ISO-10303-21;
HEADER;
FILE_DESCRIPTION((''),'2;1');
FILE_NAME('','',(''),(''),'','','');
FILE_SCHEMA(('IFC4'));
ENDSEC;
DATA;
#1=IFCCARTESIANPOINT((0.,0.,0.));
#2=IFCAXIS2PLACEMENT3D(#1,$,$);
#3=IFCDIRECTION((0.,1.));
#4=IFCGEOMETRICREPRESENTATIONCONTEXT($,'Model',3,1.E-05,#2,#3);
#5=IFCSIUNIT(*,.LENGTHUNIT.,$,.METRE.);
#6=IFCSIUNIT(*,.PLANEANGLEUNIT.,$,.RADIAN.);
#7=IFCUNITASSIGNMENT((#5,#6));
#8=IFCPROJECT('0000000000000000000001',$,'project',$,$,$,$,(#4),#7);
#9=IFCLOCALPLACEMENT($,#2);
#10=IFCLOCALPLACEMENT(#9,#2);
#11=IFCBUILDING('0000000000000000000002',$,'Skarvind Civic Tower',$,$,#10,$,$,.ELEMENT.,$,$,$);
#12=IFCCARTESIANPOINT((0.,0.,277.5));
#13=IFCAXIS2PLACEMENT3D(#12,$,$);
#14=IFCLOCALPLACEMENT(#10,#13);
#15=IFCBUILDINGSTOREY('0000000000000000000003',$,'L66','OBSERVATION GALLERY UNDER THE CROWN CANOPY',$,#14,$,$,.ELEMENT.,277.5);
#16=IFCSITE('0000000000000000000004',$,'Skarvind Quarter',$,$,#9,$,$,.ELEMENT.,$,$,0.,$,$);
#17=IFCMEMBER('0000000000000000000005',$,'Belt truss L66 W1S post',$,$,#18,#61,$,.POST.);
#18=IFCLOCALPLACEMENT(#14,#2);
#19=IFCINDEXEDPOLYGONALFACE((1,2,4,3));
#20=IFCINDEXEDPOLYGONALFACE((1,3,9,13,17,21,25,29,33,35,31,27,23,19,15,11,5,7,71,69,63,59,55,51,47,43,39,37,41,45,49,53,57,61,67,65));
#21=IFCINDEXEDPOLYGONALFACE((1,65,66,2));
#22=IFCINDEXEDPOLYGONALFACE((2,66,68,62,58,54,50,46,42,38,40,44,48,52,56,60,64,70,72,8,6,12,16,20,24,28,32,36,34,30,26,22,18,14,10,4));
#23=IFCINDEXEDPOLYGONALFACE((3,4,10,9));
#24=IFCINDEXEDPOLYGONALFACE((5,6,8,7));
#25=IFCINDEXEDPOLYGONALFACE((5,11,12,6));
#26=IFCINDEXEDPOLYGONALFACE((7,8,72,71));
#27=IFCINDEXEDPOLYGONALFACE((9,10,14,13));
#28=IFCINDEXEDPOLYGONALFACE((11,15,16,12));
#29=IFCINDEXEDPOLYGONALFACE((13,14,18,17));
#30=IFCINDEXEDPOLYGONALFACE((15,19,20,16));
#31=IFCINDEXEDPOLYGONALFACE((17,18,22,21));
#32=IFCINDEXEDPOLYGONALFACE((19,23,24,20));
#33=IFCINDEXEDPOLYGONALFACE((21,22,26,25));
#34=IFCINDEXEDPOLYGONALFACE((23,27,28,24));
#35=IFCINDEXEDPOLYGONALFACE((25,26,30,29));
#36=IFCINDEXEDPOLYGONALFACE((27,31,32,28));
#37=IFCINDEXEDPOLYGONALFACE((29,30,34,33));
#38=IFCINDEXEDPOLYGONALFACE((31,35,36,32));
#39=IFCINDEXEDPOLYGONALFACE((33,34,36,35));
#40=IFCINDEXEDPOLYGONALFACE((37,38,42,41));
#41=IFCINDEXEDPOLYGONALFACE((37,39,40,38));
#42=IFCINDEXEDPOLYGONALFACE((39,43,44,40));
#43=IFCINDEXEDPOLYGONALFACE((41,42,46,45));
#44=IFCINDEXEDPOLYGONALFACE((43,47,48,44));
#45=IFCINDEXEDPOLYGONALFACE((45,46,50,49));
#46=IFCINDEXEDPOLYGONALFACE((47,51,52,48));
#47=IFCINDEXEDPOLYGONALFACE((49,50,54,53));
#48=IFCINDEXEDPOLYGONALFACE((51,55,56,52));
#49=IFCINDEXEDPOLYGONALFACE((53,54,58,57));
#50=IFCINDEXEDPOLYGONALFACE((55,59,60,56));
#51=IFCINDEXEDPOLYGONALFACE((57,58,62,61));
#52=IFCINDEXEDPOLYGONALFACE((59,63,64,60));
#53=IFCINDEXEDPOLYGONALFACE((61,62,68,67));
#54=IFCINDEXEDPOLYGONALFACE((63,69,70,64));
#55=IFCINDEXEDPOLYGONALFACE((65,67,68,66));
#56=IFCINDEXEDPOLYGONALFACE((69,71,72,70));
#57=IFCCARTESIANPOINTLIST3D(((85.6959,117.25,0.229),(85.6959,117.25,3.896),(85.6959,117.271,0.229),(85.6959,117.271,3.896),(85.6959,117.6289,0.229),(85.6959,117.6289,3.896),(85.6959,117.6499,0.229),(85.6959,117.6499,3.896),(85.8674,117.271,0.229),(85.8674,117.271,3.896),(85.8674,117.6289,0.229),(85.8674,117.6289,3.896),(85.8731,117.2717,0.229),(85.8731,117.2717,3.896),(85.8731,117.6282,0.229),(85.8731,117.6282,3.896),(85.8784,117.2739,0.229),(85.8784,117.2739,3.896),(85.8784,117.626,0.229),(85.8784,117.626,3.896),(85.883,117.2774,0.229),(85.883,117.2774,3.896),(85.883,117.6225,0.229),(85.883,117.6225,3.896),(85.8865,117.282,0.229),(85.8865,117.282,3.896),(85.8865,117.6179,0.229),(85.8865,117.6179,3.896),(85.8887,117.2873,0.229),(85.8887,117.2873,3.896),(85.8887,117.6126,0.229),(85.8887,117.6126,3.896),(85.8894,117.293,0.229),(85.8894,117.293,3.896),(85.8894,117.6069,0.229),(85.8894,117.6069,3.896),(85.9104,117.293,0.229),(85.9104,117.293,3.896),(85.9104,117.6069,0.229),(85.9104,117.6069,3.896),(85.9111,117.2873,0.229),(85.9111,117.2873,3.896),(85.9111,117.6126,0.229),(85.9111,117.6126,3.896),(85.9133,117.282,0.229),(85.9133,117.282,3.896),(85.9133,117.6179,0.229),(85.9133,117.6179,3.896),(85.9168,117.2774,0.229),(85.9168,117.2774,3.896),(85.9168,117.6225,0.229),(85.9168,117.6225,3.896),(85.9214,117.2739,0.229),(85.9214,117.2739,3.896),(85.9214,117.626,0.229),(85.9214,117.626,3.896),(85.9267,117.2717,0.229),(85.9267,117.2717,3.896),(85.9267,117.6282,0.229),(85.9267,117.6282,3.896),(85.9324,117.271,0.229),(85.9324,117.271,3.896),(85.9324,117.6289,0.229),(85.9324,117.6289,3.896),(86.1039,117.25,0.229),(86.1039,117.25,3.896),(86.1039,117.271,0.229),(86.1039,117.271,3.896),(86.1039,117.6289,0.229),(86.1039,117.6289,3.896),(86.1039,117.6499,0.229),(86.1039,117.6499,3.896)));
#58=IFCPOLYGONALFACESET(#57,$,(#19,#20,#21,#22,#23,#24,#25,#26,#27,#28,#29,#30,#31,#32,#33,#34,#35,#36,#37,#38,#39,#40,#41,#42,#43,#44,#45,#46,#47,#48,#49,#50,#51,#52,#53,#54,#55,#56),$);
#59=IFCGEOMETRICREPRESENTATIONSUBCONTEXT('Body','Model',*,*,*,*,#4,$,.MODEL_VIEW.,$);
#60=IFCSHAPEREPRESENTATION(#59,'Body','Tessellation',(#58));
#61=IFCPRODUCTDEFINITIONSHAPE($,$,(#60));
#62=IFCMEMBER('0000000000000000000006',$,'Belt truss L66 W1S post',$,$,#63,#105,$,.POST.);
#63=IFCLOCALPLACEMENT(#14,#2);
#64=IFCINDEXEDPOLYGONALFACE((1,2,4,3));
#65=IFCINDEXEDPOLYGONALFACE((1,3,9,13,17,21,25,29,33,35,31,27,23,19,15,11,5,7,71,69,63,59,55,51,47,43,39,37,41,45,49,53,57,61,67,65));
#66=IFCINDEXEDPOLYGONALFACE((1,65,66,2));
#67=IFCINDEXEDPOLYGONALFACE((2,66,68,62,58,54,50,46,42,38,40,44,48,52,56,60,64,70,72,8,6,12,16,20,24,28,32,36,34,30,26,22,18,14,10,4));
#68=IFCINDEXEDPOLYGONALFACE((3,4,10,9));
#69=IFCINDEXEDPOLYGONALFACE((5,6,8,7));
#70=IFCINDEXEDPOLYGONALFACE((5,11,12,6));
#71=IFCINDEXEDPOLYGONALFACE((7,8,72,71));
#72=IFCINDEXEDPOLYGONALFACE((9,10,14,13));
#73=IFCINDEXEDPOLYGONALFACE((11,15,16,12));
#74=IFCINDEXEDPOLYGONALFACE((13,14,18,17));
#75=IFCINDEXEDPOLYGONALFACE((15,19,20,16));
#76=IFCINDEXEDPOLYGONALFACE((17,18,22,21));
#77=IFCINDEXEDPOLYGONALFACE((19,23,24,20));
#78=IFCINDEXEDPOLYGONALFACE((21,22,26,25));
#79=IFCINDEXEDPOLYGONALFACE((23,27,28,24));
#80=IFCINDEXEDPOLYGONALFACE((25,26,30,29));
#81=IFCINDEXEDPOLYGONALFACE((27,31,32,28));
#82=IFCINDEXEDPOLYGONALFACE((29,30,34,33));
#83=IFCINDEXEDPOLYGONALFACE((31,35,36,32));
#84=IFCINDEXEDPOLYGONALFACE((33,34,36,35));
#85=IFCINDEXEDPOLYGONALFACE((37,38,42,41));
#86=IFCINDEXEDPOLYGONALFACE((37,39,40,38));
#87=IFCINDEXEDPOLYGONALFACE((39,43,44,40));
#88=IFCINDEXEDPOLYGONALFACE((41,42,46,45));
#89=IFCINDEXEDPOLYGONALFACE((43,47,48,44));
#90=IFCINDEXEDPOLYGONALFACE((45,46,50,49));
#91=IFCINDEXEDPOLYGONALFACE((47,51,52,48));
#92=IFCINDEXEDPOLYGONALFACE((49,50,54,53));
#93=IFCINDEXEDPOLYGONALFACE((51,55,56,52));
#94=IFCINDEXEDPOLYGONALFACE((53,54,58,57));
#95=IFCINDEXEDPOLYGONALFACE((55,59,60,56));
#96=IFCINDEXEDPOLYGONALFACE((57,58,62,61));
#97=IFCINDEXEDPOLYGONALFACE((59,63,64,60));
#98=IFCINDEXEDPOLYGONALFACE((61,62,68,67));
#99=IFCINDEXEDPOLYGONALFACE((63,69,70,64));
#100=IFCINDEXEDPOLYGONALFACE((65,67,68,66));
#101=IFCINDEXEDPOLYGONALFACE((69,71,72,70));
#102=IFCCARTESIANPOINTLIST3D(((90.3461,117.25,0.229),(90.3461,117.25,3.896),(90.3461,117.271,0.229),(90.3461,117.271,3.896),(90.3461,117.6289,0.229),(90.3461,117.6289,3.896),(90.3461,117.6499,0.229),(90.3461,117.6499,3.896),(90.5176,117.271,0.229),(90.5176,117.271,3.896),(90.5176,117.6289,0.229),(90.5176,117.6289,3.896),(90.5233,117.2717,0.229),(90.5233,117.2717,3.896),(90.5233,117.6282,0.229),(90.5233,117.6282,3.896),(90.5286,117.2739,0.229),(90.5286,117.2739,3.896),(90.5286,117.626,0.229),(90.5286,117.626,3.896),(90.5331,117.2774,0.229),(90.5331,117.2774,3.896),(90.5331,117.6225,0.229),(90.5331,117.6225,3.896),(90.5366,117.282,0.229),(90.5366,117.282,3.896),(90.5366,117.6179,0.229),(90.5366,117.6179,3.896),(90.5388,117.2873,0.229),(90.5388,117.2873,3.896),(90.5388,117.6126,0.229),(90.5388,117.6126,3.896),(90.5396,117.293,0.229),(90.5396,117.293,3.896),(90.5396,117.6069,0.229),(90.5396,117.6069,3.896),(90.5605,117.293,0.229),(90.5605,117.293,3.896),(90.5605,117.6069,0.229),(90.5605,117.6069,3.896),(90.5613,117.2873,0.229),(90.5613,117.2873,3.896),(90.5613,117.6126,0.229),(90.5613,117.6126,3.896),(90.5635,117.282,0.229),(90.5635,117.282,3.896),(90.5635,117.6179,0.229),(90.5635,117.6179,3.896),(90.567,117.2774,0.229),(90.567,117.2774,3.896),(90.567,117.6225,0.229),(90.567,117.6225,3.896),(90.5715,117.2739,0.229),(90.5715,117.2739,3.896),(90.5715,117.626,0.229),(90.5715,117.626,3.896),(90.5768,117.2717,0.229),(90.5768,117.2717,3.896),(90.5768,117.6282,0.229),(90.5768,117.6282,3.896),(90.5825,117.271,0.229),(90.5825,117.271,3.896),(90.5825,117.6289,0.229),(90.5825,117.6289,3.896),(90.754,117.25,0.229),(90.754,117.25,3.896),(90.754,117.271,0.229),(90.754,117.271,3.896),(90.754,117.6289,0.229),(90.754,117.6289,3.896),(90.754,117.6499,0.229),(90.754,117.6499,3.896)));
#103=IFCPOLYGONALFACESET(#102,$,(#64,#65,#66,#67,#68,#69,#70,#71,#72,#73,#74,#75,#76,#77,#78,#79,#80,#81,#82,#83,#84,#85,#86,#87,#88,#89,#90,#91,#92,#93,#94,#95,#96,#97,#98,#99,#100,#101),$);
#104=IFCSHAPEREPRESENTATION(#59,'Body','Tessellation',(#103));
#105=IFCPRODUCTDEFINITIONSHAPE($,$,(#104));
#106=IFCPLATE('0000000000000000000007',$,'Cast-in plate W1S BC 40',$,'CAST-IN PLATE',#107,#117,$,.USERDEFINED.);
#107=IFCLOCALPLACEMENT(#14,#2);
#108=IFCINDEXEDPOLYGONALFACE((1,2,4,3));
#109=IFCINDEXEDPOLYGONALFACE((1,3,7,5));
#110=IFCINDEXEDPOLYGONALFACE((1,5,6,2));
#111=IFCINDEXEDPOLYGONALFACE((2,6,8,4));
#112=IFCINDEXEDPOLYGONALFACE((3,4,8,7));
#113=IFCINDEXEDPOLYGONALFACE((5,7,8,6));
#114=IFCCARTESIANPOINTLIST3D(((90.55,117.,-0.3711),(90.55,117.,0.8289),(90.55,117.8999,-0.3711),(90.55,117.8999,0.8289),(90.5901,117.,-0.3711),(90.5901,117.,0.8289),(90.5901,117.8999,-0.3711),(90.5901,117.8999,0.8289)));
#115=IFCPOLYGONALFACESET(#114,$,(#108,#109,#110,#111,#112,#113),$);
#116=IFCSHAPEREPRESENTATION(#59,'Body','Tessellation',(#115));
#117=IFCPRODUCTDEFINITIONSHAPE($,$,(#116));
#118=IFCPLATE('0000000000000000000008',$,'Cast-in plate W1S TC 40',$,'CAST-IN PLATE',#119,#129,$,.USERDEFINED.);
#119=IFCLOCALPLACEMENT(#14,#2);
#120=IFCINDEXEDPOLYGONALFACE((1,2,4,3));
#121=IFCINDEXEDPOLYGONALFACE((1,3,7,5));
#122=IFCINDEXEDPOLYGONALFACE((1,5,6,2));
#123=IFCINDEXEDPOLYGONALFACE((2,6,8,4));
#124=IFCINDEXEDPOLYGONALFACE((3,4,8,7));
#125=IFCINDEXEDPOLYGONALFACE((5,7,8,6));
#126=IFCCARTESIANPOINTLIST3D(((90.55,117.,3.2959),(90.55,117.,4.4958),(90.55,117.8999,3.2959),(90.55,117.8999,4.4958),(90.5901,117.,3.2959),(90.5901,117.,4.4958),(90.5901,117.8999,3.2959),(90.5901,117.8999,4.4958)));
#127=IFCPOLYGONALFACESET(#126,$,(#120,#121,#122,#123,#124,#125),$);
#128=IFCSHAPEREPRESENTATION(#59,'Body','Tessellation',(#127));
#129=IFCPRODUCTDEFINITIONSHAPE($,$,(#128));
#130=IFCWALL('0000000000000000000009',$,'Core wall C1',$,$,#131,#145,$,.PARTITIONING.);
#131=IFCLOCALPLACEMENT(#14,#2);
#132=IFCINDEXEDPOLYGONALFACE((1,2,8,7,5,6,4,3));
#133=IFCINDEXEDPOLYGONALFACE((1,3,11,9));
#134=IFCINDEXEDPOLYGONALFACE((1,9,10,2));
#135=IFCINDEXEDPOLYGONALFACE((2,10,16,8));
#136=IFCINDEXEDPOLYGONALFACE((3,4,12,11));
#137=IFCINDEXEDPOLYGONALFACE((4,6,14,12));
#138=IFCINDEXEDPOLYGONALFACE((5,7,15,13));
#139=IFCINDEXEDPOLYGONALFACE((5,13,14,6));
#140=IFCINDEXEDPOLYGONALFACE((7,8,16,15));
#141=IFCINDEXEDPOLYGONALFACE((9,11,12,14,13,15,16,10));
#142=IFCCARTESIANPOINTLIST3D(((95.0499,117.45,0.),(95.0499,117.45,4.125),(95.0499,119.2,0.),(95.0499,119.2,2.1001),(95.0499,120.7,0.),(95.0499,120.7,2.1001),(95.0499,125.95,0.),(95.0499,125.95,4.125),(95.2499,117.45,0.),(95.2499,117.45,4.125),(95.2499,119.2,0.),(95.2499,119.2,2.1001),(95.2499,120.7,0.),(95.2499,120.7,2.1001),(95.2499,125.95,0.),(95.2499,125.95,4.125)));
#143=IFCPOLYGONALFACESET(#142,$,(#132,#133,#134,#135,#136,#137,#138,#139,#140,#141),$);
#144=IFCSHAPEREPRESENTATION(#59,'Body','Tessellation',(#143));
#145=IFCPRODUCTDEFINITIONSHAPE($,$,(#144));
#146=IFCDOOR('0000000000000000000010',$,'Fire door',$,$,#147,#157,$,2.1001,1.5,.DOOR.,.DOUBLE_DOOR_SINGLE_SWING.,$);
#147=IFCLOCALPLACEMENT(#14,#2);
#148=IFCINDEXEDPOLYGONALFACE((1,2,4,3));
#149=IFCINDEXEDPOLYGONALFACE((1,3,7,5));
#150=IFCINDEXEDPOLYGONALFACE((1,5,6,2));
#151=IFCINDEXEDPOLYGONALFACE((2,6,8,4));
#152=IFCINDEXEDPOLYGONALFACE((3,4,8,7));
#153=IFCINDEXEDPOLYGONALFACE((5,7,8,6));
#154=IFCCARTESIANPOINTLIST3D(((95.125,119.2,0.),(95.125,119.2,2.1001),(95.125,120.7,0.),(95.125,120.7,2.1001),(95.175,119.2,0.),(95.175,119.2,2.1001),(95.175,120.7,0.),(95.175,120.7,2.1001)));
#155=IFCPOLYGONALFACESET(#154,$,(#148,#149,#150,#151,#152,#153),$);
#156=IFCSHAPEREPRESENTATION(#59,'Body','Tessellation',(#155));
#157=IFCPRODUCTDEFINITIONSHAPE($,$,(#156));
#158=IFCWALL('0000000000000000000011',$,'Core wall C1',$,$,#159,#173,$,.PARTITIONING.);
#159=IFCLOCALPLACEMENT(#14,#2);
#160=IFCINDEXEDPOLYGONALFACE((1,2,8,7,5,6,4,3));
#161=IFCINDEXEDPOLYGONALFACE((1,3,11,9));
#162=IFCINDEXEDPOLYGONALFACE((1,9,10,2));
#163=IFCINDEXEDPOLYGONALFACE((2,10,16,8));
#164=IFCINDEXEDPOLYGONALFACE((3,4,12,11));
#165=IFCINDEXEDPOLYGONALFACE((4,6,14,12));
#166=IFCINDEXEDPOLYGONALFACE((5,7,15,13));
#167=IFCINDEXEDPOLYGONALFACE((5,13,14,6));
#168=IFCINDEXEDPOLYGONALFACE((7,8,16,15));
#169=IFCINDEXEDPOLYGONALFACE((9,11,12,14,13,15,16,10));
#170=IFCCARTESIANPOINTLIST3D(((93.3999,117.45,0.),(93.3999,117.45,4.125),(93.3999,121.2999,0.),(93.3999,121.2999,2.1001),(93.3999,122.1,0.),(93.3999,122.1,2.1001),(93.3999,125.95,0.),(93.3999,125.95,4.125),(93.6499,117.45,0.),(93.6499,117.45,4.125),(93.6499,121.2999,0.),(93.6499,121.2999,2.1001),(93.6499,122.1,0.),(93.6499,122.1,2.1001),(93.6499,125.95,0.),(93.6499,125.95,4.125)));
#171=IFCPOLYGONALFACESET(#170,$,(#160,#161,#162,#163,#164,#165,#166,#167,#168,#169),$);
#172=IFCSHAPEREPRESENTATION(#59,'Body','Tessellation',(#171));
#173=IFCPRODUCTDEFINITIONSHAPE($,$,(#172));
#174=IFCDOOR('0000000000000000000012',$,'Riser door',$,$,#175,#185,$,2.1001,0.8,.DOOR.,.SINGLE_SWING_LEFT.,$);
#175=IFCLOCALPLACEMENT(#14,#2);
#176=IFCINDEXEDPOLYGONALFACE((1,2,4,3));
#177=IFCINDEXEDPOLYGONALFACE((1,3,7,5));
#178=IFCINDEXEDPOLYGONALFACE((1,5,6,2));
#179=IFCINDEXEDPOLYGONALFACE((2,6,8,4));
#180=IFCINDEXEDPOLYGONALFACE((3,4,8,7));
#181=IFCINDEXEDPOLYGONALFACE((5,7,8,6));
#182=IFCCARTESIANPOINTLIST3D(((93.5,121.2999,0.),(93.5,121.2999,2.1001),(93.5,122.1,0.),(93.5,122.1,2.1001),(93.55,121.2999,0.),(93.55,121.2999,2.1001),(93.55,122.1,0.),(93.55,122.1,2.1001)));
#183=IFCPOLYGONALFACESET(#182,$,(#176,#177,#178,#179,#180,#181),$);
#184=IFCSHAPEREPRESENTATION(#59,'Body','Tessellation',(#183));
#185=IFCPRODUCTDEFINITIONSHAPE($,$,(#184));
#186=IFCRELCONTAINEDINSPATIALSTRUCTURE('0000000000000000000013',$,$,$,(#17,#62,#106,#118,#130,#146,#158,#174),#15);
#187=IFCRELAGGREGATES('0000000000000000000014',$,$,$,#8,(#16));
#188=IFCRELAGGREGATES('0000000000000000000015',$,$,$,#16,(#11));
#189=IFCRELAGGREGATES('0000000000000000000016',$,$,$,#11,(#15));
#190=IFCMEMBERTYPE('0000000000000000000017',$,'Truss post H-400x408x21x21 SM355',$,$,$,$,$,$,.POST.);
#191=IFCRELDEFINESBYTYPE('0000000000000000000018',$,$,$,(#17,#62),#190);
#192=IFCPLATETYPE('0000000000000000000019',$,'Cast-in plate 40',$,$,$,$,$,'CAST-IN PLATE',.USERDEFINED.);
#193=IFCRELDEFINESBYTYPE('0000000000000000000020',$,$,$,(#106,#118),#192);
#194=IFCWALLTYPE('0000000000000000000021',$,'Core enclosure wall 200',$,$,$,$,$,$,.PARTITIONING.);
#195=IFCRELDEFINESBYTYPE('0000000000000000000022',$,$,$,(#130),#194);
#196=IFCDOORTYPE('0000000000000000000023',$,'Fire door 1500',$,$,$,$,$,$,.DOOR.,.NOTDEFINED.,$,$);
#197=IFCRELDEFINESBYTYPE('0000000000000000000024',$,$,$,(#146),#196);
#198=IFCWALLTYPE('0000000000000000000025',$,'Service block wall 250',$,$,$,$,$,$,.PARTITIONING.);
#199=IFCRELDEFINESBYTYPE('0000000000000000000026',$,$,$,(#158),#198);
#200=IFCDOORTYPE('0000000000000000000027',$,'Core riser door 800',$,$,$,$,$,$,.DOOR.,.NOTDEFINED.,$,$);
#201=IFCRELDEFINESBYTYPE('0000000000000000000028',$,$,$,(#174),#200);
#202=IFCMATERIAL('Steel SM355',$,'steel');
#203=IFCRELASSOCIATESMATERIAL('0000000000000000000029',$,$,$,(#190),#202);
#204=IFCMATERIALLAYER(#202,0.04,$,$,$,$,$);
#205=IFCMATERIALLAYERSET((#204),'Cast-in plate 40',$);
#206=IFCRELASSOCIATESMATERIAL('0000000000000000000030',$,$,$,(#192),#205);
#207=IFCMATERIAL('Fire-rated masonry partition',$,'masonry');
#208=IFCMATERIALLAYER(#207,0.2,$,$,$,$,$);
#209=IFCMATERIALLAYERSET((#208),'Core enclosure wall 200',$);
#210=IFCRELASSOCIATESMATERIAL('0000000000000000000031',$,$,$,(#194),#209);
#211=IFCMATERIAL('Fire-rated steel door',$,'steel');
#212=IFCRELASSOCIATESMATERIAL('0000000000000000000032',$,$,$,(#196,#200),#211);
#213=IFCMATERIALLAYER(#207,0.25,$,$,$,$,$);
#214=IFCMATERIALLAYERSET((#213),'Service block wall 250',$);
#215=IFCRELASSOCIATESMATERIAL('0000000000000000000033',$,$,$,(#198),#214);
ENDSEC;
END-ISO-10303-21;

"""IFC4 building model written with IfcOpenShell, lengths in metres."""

from ifc_helpers import new_model, si_unit, direction, frame, frame_2d, origin, origin_2d, place, context, subcontext, project, spatial, rectangle, i_section, extrude, material, layer, layer_set, material_profile, profile_set, type_object, element, fill, save


model = new_model("IFC4")

# Units and contexts
model_context = context("Model", 3, precision=1e-05, world=origin(), true_north=direction((0.0, 1.0)))
body_context = subcontext(model_context, "Body", "Model", "MODEL_VIEW")
ifc_project = project(units=[si_unit("LENGTHUNIT", "METRE"), si_unit("PLANEANGLEUNIT", "RADIAN")], contexts=[model_context])

# Site, building, storey
site_placement = place(None, origin())
site = spatial("IfcSite", under=ifc_project, at=site_placement, Name="Skarvind Quarter", CompositionType="ELEMENT", RefElevation=0.0)
building_placement = place(site_placement, origin())
building = spatial("IfcBuilding", under=site, at=building_placement, Name="Skarvind Civic Tower", CompositionType="ELEMENT")
storey_placement = place(building_placement, frame((0.0, 0.0, 277.5)))
storey = spatial("IfcBuildingStorey", under=building, at=storey_placement, Name="L66", Description="OBSERVATION GALLERY UNDER THE CROWN CANOPY", CompositionType="ELEMENT", Elevation=277.5)

# Members
ifc_material_1 = material(Name="Steel SM355", Category="steel")
ifc_material_profile_1 = material_profile(ifc_material_1, i_section(OverallWidth=0.408, OverallDepth=0.3999, WebThickness=0.021, FlangeThickness=0.021, FilletRadius=0.022, at=origin_2d()), Name="H-400x408x21x21")
ifc_profile_set_1 = profile_set([ifc_material_profile_1], Name="Steel SM355")
member_type_1 = type_object("IfcMemberType", Name="Truss post H-400x408x21x21 SM355", PredefinedType="POST", material=ifc_profile_set_1)
for number, where, z_axis, x_axis, name in (
    (1, (85.8999, 117.45, 0.229), (0.0, 0.0, 1.0), (1.0, 0.0, 0.0), "Belt truss L66 W1S post"),
    (2, (90.55, 117.45, 0.229), (0.0, 0.0, 1.0), (1.0, 0.0, 0.0), "Belt truss L66 W1S post"),
):
    element("IfcMember", number, at=place(storey_placement, frame(where, z_axis=z_axis, x_axis=x_axis)), inside=storey, type_object=member_type_1, Name=name, PredefinedType="POST", context=body_context, shape_type="SweptSolid", body=[
        extrude(i_section(OverallWidth=0.408, OverallDepth=0.3999, WebThickness=0.021, FlangeThickness=0.021, FilletRadius=0.022, at=origin_2d()), origin(), (0.0, 0.0, 1.0), 3.667),
    ])

# Plates
ifc_layer_1 = layer(ifc_material_1, 0.04)
ifc_layer_set_1 = layer_set([ifc_layer_1], Name="Cast-in plate 40")
plate_type = type_object("IfcPlateType", Name="Cast-in plate 40", ElementType="CAST-IN PLATE", PredefinedType="USERDEFINED", material=ifc_layer_set_1)
for number, where, z_axis, x_axis, name in (
    (3, (90.5701, 117.45, -0.3711), (0.0, 0.0, 1.0), (1.0, 0.0, 0.0), "Cast-in plate W1S BC 40"),
    (4, (90.5701, 117.45, 3.2959), (0.0, 0.0, 1.0), (1.0, 0.0, 0.0), "Cast-in plate W1S TC 40"),
):
    element("IfcPlate", number, at=place(storey_placement, frame(where, z_axis=z_axis, x_axis=x_axis)), inside=storey, type_object=plate_type, Name=name, ObjectType="CAST-IN PLATE", PredefinedType="USERDEFINED", context=body_context, shape_type="SweptSolid", body=[
        extrude(rectangle(XDim=0.04, YDim=0.8999, at=origin_2d()), origin(), (0.0, 0.0, 1.0), 1.2),
    ])

# Walls, openings, doors
ifc_material_2 = material(Name="Fire-rated masonry partition", Category="masonry")
ifc_layer_2 = layer(ifc_material_2, 0.2)
ifc_layer_set_2 = layer_set([ifc_layer_2], Name="Core enclosure wall 200")
wall_type_1 = type_object("IfcWallType", Name="Core enclosure wall 200", PredefinedType="PARTITIONING", material=ifc_layer_set_2)
wall_1_placement = place(storey_placement, frame((95.1499, 117.45, 0.0), z_axis=(0.0, 0.0, 1.0), x_axis=(0.0, 1.0, 0.0)))
wall_1 = element("IfcWall", 5, at=wall_1_placement, inside=storey, type_object=wall_type_1, Name="Core wall C1", PredefinedType="PARTITIONING", context=body_context, shape_type="SweptSolid", body=[
    extrude(rectangle(XDim=8.5, YDim=0.2, at=frame_2d((4.25, 0.0))), origin(), (0.0, 0.0, 1.0), 4.125),
])
opening_1_placement = place(wall_1_placement, frame((1.75, 0.0, 0.0)))
opening_1 = element("IfcOpeningElement", 6, at=opening_1_placement, cuts=wall_1, PredefinedType="OPENING", context=body_context, shape_type="SweptSolid", body=[
    extrude(rectangle(XDim=1.5, YDim=2.1001, at=frame_2d((0.75, 1.05))), frame((0.0, 0.1099, 0.0), z_axis=(0.0, -1.0, 0.0), x_axis=(1.0, 0.0, 0.0)), (0.0, 0.0, 1.0), 0.22),
])
ifc_material_3 = material(Name="Fire-rated steel door", Category="steel")
door_type_1 = type_object("IfcDoorType", Name="Fire door 1500", OperationType="NOTDEFINED", PredefinedType="DOOR", material=ifc_material_3)
door_1_placement = place(opening_1_placement, origin())
door_1 = element("IfcDoor", 7, at=door_1_placement, inside=storey, type_object=door_type_1, Name="Fire door", OperationType="DOUBLE_DOOR_SINGLE_SWING", OverallHeight=2.1001, OverallWidth=1.5, PredefinedType="DOOR", context=body_context, shape_type="SweptSolid", body=[
    extrude(rectangle(XDim=1.5, YDim=2.1001, at=frame_2d((0.75, 1.05))), frame((0.0, 0.0249, 0.0), z_axis=(0.0, -1.0, 0.0), x_axis=(1.0, 0.0, 0.0)), (0.0, 0.0, 1.0), 0.05),
])
fill(opening_1, door_1)
ifc_layer_3 = layer(ifc_material_2, 0.25)
ifc_layer_set_3 = layer_set([ifc_layer_3], Name="Service block wall 250")
wall_type_2 = type_object("IfcWallType", Name="Service block wall 250", PredefinedType="PARTITIONING", material=ifc_layer_set_3)
wall_2_placement = place(storey_placement, frame((93.5249, 117.45, 0.0), z_axis=(0.0, 0.0, 1.0), x_axis=(0.0, 1.0, 0.0)))
wall_2 = element("IfcWall", 8, at=wall_2_placement, inside=storey, type_object=wall_type_2, Name="Core wall C1", PredefinedType="PARTITIONING", context=body_context, shape_type="SweptSolid", body=[
    extrude(rectangle(XDim=8.5, YDim=0.25, at=frame_2d((4.25, 0.0))), origin(), (0.0, 0.0, 1.0), 4.125),
])
opening_2_placement = place(wall_2_placement, frame((3.8501, 0.0, 0.0)))
opening_2 = element("IfcOpeningElement", 9, at=opening_2_placement, cuts=wall_2, PredefinedType="OPENING", context=body_context, shape_type="SweptSolid", body=[
    extrude(rectangle(XDim=0.8, YDim=2.1001, at=frame_2d((0.3999, 1.05))), frame((0.0, 0.135, 0.0), z_axis=(0.0, -1.0, 0.0), x_axis=(1.0, 0.0, 0.0)), (0.0, 0.0, 1.0), 0.27),
])
door_type_2 = type_object("IfcDoorType", Name="Core riser door 800", OperationType="NOTDEFINED", PredefinedType="DOOR", material=ifc_material_3)
door_2_placement = place(opening_2_placement, origin())
door_2 = element("IfcDoor", 10, at=door_2_placement, inside=storey, type_object=door_type_2, Name="Riser door", OperationType="SINGLE_SWING_LEFT", OverallHeight=2.1001, OverallWidth=0.8, PredefinedType="DOOR", context=body_context, shape_type="SweptSolid", body=[
    extrude(rectangle(XDim=0.8, YDim=2.1001, at=frame_2d((0.3999, 1.05))), frame((0.0, 0.0249, 0.0), z_axis=(0.0, -1.0, 0.0), x_axis=(1.0, 0.0, 0.0)), (0.0, 0.0, 1.0), 0.05),
])
fill(opening_2, door_2)

save(model, "model.ifc")
